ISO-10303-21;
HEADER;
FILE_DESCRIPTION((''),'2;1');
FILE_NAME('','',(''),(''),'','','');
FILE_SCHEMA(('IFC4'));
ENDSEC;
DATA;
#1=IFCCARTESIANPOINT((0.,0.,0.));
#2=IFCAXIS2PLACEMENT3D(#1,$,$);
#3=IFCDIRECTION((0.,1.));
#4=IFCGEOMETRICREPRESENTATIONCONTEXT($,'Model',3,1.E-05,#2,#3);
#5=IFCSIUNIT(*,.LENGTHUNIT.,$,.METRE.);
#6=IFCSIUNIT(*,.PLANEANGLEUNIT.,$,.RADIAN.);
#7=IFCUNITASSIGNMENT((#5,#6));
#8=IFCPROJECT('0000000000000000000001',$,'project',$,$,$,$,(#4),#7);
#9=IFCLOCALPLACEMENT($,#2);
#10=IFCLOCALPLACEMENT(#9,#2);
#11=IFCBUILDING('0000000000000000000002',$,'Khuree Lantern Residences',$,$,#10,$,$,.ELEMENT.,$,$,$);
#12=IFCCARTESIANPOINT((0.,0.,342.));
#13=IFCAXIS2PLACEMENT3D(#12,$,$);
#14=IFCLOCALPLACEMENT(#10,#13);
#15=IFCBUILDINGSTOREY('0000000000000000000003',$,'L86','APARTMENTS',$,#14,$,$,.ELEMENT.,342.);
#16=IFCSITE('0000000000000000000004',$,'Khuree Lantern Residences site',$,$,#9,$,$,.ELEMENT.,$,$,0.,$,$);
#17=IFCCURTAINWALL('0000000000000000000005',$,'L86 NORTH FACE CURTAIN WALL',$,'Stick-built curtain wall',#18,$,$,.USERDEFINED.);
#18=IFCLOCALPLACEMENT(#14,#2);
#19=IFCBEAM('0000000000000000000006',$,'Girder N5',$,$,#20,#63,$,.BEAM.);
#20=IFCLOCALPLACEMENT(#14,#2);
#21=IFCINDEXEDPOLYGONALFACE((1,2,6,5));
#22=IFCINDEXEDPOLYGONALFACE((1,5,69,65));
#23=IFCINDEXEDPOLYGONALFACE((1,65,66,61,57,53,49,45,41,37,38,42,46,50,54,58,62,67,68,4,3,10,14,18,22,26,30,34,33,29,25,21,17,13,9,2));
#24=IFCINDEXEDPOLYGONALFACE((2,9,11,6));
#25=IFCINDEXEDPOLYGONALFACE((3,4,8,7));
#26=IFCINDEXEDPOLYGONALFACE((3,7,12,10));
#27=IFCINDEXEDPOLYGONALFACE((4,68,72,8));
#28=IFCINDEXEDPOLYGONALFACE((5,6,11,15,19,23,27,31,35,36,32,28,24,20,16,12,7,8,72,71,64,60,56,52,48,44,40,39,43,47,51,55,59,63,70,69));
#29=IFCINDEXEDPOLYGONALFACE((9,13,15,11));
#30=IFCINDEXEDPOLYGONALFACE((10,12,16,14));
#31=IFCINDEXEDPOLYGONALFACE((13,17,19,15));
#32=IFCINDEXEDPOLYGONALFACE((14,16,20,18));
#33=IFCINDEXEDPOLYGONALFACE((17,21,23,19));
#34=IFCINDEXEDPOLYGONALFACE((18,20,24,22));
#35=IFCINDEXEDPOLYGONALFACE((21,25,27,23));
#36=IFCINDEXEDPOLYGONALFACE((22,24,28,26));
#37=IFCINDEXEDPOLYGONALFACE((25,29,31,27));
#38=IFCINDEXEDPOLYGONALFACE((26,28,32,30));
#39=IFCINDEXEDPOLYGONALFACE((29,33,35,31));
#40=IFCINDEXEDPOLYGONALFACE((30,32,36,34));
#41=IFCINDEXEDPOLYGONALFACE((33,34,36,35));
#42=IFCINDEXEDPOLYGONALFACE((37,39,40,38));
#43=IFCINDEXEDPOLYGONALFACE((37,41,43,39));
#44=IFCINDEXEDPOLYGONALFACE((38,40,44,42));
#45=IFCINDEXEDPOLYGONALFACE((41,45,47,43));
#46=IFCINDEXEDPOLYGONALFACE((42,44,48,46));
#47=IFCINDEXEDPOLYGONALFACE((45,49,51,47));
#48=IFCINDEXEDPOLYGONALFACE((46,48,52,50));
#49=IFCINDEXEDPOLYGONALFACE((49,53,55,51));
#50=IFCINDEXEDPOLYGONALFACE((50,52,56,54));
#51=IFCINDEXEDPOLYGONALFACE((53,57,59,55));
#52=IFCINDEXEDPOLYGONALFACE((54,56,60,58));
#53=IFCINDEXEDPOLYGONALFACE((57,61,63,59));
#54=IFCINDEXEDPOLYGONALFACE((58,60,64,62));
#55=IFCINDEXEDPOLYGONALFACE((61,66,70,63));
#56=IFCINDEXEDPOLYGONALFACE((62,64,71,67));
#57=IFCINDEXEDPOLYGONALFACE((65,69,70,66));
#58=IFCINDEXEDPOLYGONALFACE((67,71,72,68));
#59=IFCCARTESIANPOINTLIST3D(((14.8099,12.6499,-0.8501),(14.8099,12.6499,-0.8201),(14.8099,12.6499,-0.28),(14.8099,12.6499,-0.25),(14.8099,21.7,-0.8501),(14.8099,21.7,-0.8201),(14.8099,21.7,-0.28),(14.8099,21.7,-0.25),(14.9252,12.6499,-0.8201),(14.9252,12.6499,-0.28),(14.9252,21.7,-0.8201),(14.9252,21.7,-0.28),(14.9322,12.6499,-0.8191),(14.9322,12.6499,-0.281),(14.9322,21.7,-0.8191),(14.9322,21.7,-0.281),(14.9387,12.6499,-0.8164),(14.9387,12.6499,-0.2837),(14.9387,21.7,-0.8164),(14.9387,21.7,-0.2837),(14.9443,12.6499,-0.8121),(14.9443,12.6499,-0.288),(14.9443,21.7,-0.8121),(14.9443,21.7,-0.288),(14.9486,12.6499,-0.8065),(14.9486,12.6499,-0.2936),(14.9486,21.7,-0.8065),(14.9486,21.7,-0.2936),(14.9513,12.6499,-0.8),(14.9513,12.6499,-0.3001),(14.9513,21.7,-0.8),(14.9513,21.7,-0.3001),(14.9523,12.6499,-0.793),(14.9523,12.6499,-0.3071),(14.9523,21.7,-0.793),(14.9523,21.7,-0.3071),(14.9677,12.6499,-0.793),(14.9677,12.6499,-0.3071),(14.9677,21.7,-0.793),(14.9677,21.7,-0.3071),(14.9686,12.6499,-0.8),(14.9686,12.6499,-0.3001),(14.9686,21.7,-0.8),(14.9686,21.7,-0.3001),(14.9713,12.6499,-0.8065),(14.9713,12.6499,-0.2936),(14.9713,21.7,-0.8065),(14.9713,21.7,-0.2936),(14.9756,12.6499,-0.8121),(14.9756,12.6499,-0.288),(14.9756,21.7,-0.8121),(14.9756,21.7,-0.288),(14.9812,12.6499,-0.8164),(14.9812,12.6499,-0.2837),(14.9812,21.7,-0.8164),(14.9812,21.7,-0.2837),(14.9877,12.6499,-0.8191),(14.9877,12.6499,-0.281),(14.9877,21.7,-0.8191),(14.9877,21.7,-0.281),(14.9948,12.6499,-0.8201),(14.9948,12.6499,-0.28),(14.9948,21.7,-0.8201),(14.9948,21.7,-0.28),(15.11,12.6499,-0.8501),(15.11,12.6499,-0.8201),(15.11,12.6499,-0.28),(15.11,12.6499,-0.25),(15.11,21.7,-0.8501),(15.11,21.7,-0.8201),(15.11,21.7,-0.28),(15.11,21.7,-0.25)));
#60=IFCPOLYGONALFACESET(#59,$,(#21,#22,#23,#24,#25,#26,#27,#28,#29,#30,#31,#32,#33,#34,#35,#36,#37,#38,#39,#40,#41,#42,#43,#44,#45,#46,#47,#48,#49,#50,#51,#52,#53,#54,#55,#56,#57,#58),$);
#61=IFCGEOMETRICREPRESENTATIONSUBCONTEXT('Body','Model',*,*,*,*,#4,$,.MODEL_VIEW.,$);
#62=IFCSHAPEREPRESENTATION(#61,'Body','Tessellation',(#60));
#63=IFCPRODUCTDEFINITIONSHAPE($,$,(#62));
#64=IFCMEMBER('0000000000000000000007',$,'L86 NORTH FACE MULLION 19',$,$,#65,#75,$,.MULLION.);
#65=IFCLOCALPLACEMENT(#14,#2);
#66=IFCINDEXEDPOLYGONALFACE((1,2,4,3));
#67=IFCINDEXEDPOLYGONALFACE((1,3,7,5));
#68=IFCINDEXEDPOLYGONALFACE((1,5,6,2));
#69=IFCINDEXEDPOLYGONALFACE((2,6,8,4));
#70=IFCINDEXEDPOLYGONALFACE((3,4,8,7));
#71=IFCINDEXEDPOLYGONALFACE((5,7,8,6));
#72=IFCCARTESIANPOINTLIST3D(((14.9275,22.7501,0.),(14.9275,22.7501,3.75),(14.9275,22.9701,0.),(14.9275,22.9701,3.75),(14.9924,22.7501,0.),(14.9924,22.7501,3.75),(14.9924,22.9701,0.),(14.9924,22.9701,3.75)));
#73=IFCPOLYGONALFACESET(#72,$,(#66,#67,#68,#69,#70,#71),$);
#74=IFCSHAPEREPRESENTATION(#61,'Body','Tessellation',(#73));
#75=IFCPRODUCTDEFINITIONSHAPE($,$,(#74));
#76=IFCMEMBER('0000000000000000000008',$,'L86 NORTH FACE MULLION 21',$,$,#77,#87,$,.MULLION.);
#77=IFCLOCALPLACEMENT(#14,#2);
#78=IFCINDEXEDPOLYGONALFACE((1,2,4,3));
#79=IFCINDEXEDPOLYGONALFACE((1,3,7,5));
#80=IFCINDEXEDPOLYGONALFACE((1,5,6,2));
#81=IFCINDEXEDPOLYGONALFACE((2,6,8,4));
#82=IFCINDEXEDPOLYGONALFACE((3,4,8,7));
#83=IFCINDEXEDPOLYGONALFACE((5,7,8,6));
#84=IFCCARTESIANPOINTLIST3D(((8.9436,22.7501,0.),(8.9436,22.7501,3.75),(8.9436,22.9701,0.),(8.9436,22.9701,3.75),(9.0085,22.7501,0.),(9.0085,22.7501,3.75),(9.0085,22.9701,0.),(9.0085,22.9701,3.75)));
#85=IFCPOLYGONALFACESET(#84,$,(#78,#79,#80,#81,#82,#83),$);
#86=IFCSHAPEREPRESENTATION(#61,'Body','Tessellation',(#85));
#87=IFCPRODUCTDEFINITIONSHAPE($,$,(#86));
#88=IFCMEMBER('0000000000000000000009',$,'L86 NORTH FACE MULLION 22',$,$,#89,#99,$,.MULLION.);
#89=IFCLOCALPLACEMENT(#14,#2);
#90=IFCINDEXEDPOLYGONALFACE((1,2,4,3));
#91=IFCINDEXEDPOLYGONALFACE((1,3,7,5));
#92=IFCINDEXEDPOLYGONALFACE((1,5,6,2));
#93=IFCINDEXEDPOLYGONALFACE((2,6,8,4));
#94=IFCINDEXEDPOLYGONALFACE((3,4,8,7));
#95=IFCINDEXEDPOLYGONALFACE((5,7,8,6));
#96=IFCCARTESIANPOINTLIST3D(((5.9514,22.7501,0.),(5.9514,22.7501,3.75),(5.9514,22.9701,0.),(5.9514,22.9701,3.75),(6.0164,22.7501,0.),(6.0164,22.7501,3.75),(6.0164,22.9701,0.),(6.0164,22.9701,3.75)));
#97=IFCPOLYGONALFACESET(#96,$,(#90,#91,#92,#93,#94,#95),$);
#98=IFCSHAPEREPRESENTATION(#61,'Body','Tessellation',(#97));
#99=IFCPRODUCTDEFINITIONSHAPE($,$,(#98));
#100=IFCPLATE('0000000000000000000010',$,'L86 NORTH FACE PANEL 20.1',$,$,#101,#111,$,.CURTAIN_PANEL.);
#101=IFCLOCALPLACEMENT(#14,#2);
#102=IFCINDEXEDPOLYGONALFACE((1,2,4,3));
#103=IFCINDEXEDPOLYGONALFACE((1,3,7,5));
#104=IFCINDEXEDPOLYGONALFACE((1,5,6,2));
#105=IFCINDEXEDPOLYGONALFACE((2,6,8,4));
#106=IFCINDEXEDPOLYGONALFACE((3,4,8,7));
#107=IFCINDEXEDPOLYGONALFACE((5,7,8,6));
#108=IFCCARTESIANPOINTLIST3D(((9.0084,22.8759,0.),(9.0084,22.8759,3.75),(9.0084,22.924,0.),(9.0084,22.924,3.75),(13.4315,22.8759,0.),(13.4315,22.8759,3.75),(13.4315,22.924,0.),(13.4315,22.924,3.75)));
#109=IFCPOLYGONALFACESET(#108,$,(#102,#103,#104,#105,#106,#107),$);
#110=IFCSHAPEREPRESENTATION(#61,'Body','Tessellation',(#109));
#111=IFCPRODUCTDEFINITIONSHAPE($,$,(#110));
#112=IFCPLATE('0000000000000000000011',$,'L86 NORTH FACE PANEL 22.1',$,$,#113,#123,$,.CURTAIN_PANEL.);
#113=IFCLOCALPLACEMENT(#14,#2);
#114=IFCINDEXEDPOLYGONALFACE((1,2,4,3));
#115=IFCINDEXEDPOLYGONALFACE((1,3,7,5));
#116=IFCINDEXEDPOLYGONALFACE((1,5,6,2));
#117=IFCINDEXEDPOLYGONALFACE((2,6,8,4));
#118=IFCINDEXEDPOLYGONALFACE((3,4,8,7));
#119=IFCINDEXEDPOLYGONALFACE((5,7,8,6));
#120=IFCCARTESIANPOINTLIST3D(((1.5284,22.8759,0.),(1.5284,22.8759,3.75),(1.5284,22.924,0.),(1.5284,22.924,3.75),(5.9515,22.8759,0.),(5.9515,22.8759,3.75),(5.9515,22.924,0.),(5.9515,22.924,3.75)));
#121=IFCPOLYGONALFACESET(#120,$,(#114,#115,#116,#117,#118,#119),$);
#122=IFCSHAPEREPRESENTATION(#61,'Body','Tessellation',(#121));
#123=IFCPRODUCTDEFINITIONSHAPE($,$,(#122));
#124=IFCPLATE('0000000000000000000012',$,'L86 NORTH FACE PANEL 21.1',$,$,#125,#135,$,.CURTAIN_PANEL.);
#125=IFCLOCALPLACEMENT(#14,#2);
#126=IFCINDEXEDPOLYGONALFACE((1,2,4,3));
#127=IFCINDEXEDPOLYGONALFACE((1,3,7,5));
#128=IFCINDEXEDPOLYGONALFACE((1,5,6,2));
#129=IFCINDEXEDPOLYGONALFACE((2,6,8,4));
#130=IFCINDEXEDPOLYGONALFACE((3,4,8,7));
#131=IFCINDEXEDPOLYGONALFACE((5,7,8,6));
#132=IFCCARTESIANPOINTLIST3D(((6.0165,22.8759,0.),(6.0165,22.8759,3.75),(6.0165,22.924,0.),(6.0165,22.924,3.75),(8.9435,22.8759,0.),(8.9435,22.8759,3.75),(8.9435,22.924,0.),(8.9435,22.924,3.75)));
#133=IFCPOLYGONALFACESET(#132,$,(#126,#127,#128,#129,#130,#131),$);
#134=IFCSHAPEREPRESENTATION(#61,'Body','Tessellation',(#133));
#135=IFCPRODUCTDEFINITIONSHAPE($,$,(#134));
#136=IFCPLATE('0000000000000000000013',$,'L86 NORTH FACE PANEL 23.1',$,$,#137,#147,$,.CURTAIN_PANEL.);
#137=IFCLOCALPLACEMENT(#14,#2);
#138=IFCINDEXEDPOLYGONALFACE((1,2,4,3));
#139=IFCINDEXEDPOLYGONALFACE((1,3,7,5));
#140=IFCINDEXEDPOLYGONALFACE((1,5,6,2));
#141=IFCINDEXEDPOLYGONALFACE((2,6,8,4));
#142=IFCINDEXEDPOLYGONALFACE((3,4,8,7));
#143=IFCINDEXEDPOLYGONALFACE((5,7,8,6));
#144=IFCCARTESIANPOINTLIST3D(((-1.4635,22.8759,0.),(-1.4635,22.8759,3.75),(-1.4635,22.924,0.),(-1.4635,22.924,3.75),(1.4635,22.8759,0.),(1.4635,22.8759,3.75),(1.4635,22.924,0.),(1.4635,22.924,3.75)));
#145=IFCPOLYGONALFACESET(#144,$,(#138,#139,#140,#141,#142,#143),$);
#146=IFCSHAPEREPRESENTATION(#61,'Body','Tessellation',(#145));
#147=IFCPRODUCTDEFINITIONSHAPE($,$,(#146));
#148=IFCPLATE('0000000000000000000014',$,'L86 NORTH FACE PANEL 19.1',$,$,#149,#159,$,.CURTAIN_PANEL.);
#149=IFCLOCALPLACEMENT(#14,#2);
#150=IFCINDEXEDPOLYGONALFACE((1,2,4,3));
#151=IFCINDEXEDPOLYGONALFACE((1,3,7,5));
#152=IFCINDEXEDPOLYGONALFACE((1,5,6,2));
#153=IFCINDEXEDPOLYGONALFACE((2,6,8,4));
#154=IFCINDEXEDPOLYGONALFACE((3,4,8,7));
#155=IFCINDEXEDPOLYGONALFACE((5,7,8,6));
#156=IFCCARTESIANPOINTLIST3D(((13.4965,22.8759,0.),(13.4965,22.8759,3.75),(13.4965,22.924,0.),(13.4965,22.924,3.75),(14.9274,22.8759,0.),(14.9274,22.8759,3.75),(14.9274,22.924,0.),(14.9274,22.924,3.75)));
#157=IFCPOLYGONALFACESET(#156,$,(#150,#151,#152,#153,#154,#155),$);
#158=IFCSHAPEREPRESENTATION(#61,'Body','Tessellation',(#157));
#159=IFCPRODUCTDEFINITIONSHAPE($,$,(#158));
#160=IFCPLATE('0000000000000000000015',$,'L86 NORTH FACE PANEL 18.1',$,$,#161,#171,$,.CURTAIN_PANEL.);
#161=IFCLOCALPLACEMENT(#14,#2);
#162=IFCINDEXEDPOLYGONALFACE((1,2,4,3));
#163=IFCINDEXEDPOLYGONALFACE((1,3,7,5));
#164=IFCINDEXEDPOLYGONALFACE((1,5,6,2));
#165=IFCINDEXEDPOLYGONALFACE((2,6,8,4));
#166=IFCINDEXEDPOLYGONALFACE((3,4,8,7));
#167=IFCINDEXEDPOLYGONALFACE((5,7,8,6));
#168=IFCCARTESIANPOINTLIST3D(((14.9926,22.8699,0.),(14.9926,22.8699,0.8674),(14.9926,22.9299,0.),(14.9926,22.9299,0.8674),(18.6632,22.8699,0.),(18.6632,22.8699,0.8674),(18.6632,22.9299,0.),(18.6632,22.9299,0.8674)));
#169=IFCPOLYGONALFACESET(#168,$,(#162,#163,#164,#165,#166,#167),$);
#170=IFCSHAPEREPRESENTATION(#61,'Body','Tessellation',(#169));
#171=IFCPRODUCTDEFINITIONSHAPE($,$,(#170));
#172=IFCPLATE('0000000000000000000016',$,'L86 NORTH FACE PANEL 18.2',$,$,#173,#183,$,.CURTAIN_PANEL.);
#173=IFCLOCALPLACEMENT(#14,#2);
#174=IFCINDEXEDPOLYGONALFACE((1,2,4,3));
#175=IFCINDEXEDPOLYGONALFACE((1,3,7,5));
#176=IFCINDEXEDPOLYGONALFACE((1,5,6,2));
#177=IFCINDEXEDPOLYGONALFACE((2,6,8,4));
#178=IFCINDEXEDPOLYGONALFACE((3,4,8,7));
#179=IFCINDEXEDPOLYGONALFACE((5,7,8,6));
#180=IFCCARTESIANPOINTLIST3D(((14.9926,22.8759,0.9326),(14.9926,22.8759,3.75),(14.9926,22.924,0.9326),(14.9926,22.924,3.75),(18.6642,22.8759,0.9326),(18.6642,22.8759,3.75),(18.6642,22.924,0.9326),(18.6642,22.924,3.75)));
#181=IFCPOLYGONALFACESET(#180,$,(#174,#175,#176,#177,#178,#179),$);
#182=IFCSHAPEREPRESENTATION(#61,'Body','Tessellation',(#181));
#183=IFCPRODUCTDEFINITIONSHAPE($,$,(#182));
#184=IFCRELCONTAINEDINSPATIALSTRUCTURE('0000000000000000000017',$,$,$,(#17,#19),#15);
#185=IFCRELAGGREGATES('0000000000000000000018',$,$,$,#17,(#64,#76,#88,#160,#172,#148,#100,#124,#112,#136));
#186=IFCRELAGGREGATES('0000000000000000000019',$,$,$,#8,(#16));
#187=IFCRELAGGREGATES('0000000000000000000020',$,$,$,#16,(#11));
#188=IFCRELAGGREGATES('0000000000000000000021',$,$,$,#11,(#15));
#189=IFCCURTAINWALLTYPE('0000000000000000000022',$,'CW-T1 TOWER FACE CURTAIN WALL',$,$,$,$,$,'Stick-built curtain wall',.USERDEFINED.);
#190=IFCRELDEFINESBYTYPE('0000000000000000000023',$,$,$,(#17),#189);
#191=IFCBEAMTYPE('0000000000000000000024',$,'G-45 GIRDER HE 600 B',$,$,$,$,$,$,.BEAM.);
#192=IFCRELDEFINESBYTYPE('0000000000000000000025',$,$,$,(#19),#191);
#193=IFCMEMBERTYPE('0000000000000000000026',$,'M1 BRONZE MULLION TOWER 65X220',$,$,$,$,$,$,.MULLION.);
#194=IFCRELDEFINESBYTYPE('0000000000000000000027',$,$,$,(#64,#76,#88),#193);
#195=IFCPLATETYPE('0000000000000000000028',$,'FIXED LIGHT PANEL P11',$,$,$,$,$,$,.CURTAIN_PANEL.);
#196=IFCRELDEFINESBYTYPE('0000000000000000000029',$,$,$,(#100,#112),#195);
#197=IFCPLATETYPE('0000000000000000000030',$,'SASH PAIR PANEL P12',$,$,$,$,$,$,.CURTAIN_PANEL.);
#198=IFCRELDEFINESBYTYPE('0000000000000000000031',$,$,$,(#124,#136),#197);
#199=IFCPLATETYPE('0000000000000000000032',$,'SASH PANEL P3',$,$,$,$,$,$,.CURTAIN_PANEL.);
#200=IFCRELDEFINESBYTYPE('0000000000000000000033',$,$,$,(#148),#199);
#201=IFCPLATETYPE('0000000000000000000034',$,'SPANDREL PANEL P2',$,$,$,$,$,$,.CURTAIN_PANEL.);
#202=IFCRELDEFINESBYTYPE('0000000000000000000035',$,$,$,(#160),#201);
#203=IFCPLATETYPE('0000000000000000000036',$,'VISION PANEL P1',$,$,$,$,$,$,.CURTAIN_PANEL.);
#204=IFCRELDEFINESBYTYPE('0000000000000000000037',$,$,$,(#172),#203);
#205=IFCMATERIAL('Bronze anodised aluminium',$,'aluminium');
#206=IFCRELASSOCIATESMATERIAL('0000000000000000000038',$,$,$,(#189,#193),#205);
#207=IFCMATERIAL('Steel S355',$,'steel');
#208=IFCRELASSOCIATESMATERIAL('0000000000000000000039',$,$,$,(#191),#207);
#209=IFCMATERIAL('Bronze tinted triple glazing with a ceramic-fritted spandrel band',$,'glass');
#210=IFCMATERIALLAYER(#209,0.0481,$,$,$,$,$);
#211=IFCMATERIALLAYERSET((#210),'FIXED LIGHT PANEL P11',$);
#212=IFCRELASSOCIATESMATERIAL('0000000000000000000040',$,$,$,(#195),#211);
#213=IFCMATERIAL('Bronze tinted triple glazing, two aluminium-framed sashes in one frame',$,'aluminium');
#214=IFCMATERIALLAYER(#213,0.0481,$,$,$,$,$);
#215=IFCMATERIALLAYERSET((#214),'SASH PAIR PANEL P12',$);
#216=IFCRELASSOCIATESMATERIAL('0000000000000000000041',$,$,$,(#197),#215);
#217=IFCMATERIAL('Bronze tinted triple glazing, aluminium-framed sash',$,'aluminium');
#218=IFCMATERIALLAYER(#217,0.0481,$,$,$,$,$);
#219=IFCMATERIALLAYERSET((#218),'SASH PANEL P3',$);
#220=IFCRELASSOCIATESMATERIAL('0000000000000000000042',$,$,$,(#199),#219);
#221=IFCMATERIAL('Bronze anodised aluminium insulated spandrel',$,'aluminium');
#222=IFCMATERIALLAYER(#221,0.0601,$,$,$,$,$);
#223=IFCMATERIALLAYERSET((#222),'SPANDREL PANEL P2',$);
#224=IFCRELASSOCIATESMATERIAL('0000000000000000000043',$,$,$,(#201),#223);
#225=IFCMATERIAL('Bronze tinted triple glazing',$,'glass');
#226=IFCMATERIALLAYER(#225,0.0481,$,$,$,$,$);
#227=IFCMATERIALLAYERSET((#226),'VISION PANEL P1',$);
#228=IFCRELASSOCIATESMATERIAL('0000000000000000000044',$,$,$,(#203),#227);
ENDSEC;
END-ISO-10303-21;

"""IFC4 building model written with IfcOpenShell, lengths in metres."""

from ifc_helpers import new_model, si_unit, direction, frame, origin, origin_2d, place, context, subcontext, project, spatial, rectangle, i_section, extrude, material, layer, layer_set, material_profile, profile_set, type_object, element, aggregate, save


model = new_model("IFC4")

# Units and contexts
model_context = context("Model", 3, precision=1e-05, world=origin(), true_north=direction((0.0, 1.0)))
body_context = subcontext(model_context, "Body", "Model", "MODEL_VIEW")
ifc_project = project(units=[si_unit("LENGTHUNIT", "METRE"), si_unit("PLANEANGLEUNIT", "RADIAN")], contexts=[model_context])

# Site, building, storey
site_placement = place(None, origin())
site = spatial("IfcSite", under=ifc_project, at=site_placement, Name="Khuree Lantern Residences site", CompositionType="ELEMENT", RefElevation=0.0)
building_placement = place(site_placement, origin())
building = spatial("IfcBuilding", under=site, at=building_placement, Name="Khuree Lantern Residences", CompositionType="ELEMENT")
storey_placement = place(building_placement, frame((0.0, 0.0, 342.0)))
storey = spatial("IfcBuildingStorey", under=building, at=storey_placement, Name="L86", Description="APARTMENTS", CompositionType="ELEMENT", Elevation=342.0)

# Shared definitions
ifc_material_1 = material(Name="Steel S355", Category="steel")

# Curtain wall
ifc_material_2 = material(Name="Bronze anodised aluminium", Category="aluminium")
curtain_wall_type = type_object("IfcCurtainWallType", Name="CW-T1 TOWER FACE CURTAIN WALL", ElementType="Stick-built curtain wall", PredefinedType="USERDEFINED", material=ifc_material_2)
curtain_wall_placement = place(storey_placement, origin())
curtain_wall = element("IfcCurtainWall", 1, at=curtain_wall_placement, inside=storey, type_object=curtain_wall_type, Name="L86 NORTH FACE CURTAIN WALL", ObjectType="Stick-built curtain wall", PredefinedType="USERDEFINED")

# Beam
ifc_material_profile_1 = material_profile(ifc_material_1, i_section(OverallWidth=0.3, OverallDepth=0.6001, WebThickness=0.0154, FlangeThickness=0.03, FilletRadius=0.0271, at=origin_2d()), Name="HE 600 B")
ifc_profile_set_1 = profile_set([ifc_material_profile_1], Name="Steel S355")
beam_type_1 = type_object("IfcBeamType", Name="G-45 GIRDER HE 600 B", PredefinedType="BEAM", material=ifc_profile_set_1)
for number, where, z_axis, x_axis, name in (
    (2, (14.96, 21.7, -0.55), (0.0, -1.0, 0.0), (1.0, 0.0, 0.0), "Girder N5"),
):
    element("IfcBeam", number, at=place(storey_placement, frame(where, z_axis=z_axis, x_axis=x_axis)), inside=storey, type_object=beam_type_1, Name=name, PredefinedType="BEAM", context=body_context, shape_type="SweptSolid", body=[
        extrude(i_section(OverallWidth=0.3, OverallDepth=0.6001, WebThickness=0.0154, FlangeThickness=0.03, FilletRadius=0.0271, at=origin_2d()), origin(), (0.0, 0.0, 1.0), 9.05),
    ])

# Members
ifc_material_profile_2 = material_profile(ifc_material_2, rectangle(XDim=0.0649, YDim=0.22, at=origin_2d()), Name="M1 65X220")
ifc_profile_set_2 = profile_set([ifc_material_profile_2], Name="Bronze anodised aluminium")
member_type_1 = type_object("IfcMemberType", Name="M1 BRONZE MULLION TOWER 65X220", PredefinedType="MULLION", material=ifc_profile_set_2)
member_1_placement = place(storey_placement, frame((14.96, 22.8601, 0.0), z_axis=(0.0, 0.0, 1.0), x_axis=(-1.0, 0.0, 0.0)))
member_1 = element("IfcMember", 3, at=member_1_placement, type_object=member_type_1, Name="L86 NORTH FACE MULLION 19", PredefinedType="MULLION", context=body_context, shape_type="SweptSolid", body=[
    extrude(rectangle(XDim=0.0649, YDim=0.22, at=origin_2d()), origin(), (0.0, 0.0, 1.0), 3.75),
])
member_2_placement = place(storey_placement, frame((8.9761, 22.8601, 0.0), z_axis=(0.0, 0.0, 1.0), x_axis=(-1.0, 0.0, 0.0)))
member_2 = element("IfcMember", 4, at=member_2_placement, type_object=member_type_1, Name="L86 NORTH FACE MULLION 21", PredefinedType="MULLION", context=body_context, shape_type="SweptSolid", body=[
    extrude(rectangle(XDim=0.0649, YDim=0.22, at=origin_2d()), origin(), (0.0, 0.0, 1.0), 3.75),
])
member_3_placement = place(storey_placement, frame((5.9839, 22.8601, 0.0), z_axis=(0.0, 0.0, 1.0), x_axis=(-1.0, 0.0, 0.0)))
member_3 = element("IfcMember", 5, at=member_3_placement, type_object=member_type_1, Name="L86 NORTH FACE MULLION 22", PredefinedType="MULLION", context=body_context, shape_type="SweptSolid", body=[
    extrude(rectangle(XDim=0.0649, YDim=0.22, at=origin_2d()), origin(), (0.0, 0.0, 1.0), 3.75),
])

# Plates
ifc_material_3 = material(Name="Bronze tinted triple glazing with a ceramic-fritted spandrel band", Category="glass")
ifc_layer_1 = layer(ifc_material_3, 0.0481)
ifc_layer_set_1 = layer_set([ifc_layer_1], Name="FIXED LIGHT PANEL P11")
plate_type_1 = type_object("IfcPlateType", Name="FIXED LIGHT PANEL P11", PredefinedType="CURTAIN_PANEL", material=ifc_layer_set_1)
plate_1_placement = place(storey_placement, frame((11.22, 22.8999, 0.0), z_axis=(0.0, 0.0, 1.0), x_axis=(-1.0, 0.0, 0.0)))
plate_1 = element("IfcPlate", 6, at=plate_1_placement, type_object=plate_type_1, Name="L86 NORTH FACE PANEL 20.1", PredefinedType="CURTAIN_PANEL", context=body_context, shape_type="SweptSolid", body=[
    extrude(rectangle(XDim=4.4231, YDim=0.0481, at=origin_2d()), origin(), (0.0, 0.0, 1.0), 3.75),
])
plate_2_placement = place(storey_placement, frame((3.74, 22.8999, 0.0), z_axis=(0.0, 0.0, 1.0), x_axis=(-1.0, 0.0, 0.0)))
plate_2 = element("IfcPlate", 7, at=plate_2_placement, type_object=plate_type_1, Name="L86 NORTH FACE PANEL 22.1", PredefinedType="CURTAIN_PANEL", context=body_context, shape_type="SweptSolid", body=[
    extrude(rectangle(XDim=4.4231, YDim=0.0481, at=origin_2d()), origin(), (0.0, 0.0, 1.0), 3.75),
])
ifc_material_4 = material(Name="Bronze tinted triple glazing, two aluminium-framed sashes in one frame", Category="aluminium")
ifc_layer_2 = layer(ifc_material_4, 0.0481)
ifc_layer_set_2 = layer_set([ifc_layer_2], Name="SASH PAIR PANEL P12")
plate_type_2 = type_object("IfcPlateType", Name="SASH PAIR PANEL P12", PredefinedType="CURTAIN_PANEL", material=ifc_layer_set_2)
plate_3_placement = place(storey_placement, frame((7.48, 22.8999, 0.0), z_axis=(0.0, 0.0, 1.0), x_axis=(-1.0, 0.0, 0.0)))
plate_3 = element("IfcPlate", 8, at=plate_3_placement, type_object=plate_type_2, Name="L86 NORTH FACE PANEL 21.1", PredefinedType="CURTAIN_PANEL", context=body_context, shape_type="SweptSolid", body=[
    extrude(rectangle(XDim=2.927, YDim=0.0481, at=origin_2d()), origin(), (0.0, 0.0, 1.0), 3.75),
])
plate_4_placement = place(storey_placement, frame((0.0, 22.8999, 0.0), z_axis=(0.0, 0.0, 1.0), x_axis=(-1.0, 0.0, 0.0)))
plate_4 = element("IfcPlate", 9, at=plate_4_placement, type_object=plate_type_2, Name="L86 NORTH FACE PANEL 23.1", PredefinedType="CURTAIN_PANEL", context=body_context, shape_type="SweptSolid", body=[
    extrude(rectangle(XDim=2.927, YDim=0.0481, at=origin_2d()), origin(), (0.0, 0.0, 1.0), 3.75),
])
ifc_material_5 = material(Name="Bronze tinted triple glazing, aluminium-framed sash", Category="aluminium")
ifc_layer_3 = layer(ifc_material_5, 0.0481)
ifc_layer_set_3 = layer_set([ifc_layer_3], Name="SASH PANEL P3")
plate_type_3 = type_object("IfcPlateType", Name="SASH PANEL P3", PredefinedType="CURTAIN_PANEL", material=ifc_layer_set_3)
plate_5_placement = place(storey_placement, frame((14.2119, 22.8999, 0.0), z_axis=(0.0, 0.0, 1.0), x_axis=(-1.0, 0.0, 0.0)))
plate_5 = element("IfcPlate", 10, at=plate_5_placement, type_object=plate_type_3, Name="L86 NORTH FACE PANEL 19.1", PredefinedType="CURTAIN_PANEL", context=body_context, shape_type="SweptSolid", body=[
    extrude(rectangle(XDim=1.4309, YDim=0.0481, at=origin_2d()), origin(), (0.0, 0.0, 1.0), 3.75),
])
ifc_material_6 = material(Name="Bronze anodised aluminium insulated spandrel", Category="aluminium")
ifc_layer_4 = layer(ifc_material_6, 0.0601)
ifc_layer_set_4 = layer_set([ifc_layer_4], Name="SPANDREL PANEL P2")
plate_type_4 = type_object("IfcPlateType", Name="SPANDREL PANEL P2", PredefinedType="CURTAIN_PANEL", material=ifc_layer_set_4)
plate_6_placement = place(storey_placement, frame((16.8279, 22.8999, 0.0), z_axis=(0.0, 0.0, 1.0), x_axis=(-1.0, 0.0, 0.0)))
plate_6 = element("IfcPlate", 11, at=plate_6_placement, type_object=plate_type_4, Name="L86 NORTH FACE PANEL 18.1", PredefinedType="CURTAIN_PANEL", context=body_context, shape_type="SweptSolid", body=[
    extrude(rectangle(XDim=3.6707, YDim=0.0601, at=origin_2d()), origin(), (0.0, 0.0, 1.0), 0.8674),
])
ifc_material_7 = material(Name="Bronze tinted triple glazing", Category="glass")
ifc_layer_5 = layer(ifc_material_7, 0.0481)
ifc_layer_set_5 = layer_set([ifc_layer_5], Name="VISION PANEL P1")
plate_type_5 = type_object("IfcPlateType", Name="VISION PANEL P1", PredefinedType="CURTAIN_PANEL", material=ifc_layer_set_5)
plate_7_placement = place(storey_placement, frame((16.8284, 22.8999, 0.9326), z_axis=(0.0, 0.0, 1.0), x_axis=(-1.0, 0.0, 0.0)))
plate_7 = element("IfcPlate", 12, at=plate_7_placement, type_object=plate_type_5, Name="L86 NORTH FACE PANEL 18.2", PredefinedType="CURTAIN_PANEL", context=body_context, shape_type="SweptSolid", body=[
    extrude(rectangle(XDim=3.6716, YDim=0.0481, at=origin_2d()), origin(), (0.0, 0.0, 1.0), 2.8174),
])
aggregate(curtain_wall, [member_1, member_2, member_3, plate_6, plate_7, plate_5, plate_1, plate_3, plate_2, plate_4])

save(model, "model.ifc")
